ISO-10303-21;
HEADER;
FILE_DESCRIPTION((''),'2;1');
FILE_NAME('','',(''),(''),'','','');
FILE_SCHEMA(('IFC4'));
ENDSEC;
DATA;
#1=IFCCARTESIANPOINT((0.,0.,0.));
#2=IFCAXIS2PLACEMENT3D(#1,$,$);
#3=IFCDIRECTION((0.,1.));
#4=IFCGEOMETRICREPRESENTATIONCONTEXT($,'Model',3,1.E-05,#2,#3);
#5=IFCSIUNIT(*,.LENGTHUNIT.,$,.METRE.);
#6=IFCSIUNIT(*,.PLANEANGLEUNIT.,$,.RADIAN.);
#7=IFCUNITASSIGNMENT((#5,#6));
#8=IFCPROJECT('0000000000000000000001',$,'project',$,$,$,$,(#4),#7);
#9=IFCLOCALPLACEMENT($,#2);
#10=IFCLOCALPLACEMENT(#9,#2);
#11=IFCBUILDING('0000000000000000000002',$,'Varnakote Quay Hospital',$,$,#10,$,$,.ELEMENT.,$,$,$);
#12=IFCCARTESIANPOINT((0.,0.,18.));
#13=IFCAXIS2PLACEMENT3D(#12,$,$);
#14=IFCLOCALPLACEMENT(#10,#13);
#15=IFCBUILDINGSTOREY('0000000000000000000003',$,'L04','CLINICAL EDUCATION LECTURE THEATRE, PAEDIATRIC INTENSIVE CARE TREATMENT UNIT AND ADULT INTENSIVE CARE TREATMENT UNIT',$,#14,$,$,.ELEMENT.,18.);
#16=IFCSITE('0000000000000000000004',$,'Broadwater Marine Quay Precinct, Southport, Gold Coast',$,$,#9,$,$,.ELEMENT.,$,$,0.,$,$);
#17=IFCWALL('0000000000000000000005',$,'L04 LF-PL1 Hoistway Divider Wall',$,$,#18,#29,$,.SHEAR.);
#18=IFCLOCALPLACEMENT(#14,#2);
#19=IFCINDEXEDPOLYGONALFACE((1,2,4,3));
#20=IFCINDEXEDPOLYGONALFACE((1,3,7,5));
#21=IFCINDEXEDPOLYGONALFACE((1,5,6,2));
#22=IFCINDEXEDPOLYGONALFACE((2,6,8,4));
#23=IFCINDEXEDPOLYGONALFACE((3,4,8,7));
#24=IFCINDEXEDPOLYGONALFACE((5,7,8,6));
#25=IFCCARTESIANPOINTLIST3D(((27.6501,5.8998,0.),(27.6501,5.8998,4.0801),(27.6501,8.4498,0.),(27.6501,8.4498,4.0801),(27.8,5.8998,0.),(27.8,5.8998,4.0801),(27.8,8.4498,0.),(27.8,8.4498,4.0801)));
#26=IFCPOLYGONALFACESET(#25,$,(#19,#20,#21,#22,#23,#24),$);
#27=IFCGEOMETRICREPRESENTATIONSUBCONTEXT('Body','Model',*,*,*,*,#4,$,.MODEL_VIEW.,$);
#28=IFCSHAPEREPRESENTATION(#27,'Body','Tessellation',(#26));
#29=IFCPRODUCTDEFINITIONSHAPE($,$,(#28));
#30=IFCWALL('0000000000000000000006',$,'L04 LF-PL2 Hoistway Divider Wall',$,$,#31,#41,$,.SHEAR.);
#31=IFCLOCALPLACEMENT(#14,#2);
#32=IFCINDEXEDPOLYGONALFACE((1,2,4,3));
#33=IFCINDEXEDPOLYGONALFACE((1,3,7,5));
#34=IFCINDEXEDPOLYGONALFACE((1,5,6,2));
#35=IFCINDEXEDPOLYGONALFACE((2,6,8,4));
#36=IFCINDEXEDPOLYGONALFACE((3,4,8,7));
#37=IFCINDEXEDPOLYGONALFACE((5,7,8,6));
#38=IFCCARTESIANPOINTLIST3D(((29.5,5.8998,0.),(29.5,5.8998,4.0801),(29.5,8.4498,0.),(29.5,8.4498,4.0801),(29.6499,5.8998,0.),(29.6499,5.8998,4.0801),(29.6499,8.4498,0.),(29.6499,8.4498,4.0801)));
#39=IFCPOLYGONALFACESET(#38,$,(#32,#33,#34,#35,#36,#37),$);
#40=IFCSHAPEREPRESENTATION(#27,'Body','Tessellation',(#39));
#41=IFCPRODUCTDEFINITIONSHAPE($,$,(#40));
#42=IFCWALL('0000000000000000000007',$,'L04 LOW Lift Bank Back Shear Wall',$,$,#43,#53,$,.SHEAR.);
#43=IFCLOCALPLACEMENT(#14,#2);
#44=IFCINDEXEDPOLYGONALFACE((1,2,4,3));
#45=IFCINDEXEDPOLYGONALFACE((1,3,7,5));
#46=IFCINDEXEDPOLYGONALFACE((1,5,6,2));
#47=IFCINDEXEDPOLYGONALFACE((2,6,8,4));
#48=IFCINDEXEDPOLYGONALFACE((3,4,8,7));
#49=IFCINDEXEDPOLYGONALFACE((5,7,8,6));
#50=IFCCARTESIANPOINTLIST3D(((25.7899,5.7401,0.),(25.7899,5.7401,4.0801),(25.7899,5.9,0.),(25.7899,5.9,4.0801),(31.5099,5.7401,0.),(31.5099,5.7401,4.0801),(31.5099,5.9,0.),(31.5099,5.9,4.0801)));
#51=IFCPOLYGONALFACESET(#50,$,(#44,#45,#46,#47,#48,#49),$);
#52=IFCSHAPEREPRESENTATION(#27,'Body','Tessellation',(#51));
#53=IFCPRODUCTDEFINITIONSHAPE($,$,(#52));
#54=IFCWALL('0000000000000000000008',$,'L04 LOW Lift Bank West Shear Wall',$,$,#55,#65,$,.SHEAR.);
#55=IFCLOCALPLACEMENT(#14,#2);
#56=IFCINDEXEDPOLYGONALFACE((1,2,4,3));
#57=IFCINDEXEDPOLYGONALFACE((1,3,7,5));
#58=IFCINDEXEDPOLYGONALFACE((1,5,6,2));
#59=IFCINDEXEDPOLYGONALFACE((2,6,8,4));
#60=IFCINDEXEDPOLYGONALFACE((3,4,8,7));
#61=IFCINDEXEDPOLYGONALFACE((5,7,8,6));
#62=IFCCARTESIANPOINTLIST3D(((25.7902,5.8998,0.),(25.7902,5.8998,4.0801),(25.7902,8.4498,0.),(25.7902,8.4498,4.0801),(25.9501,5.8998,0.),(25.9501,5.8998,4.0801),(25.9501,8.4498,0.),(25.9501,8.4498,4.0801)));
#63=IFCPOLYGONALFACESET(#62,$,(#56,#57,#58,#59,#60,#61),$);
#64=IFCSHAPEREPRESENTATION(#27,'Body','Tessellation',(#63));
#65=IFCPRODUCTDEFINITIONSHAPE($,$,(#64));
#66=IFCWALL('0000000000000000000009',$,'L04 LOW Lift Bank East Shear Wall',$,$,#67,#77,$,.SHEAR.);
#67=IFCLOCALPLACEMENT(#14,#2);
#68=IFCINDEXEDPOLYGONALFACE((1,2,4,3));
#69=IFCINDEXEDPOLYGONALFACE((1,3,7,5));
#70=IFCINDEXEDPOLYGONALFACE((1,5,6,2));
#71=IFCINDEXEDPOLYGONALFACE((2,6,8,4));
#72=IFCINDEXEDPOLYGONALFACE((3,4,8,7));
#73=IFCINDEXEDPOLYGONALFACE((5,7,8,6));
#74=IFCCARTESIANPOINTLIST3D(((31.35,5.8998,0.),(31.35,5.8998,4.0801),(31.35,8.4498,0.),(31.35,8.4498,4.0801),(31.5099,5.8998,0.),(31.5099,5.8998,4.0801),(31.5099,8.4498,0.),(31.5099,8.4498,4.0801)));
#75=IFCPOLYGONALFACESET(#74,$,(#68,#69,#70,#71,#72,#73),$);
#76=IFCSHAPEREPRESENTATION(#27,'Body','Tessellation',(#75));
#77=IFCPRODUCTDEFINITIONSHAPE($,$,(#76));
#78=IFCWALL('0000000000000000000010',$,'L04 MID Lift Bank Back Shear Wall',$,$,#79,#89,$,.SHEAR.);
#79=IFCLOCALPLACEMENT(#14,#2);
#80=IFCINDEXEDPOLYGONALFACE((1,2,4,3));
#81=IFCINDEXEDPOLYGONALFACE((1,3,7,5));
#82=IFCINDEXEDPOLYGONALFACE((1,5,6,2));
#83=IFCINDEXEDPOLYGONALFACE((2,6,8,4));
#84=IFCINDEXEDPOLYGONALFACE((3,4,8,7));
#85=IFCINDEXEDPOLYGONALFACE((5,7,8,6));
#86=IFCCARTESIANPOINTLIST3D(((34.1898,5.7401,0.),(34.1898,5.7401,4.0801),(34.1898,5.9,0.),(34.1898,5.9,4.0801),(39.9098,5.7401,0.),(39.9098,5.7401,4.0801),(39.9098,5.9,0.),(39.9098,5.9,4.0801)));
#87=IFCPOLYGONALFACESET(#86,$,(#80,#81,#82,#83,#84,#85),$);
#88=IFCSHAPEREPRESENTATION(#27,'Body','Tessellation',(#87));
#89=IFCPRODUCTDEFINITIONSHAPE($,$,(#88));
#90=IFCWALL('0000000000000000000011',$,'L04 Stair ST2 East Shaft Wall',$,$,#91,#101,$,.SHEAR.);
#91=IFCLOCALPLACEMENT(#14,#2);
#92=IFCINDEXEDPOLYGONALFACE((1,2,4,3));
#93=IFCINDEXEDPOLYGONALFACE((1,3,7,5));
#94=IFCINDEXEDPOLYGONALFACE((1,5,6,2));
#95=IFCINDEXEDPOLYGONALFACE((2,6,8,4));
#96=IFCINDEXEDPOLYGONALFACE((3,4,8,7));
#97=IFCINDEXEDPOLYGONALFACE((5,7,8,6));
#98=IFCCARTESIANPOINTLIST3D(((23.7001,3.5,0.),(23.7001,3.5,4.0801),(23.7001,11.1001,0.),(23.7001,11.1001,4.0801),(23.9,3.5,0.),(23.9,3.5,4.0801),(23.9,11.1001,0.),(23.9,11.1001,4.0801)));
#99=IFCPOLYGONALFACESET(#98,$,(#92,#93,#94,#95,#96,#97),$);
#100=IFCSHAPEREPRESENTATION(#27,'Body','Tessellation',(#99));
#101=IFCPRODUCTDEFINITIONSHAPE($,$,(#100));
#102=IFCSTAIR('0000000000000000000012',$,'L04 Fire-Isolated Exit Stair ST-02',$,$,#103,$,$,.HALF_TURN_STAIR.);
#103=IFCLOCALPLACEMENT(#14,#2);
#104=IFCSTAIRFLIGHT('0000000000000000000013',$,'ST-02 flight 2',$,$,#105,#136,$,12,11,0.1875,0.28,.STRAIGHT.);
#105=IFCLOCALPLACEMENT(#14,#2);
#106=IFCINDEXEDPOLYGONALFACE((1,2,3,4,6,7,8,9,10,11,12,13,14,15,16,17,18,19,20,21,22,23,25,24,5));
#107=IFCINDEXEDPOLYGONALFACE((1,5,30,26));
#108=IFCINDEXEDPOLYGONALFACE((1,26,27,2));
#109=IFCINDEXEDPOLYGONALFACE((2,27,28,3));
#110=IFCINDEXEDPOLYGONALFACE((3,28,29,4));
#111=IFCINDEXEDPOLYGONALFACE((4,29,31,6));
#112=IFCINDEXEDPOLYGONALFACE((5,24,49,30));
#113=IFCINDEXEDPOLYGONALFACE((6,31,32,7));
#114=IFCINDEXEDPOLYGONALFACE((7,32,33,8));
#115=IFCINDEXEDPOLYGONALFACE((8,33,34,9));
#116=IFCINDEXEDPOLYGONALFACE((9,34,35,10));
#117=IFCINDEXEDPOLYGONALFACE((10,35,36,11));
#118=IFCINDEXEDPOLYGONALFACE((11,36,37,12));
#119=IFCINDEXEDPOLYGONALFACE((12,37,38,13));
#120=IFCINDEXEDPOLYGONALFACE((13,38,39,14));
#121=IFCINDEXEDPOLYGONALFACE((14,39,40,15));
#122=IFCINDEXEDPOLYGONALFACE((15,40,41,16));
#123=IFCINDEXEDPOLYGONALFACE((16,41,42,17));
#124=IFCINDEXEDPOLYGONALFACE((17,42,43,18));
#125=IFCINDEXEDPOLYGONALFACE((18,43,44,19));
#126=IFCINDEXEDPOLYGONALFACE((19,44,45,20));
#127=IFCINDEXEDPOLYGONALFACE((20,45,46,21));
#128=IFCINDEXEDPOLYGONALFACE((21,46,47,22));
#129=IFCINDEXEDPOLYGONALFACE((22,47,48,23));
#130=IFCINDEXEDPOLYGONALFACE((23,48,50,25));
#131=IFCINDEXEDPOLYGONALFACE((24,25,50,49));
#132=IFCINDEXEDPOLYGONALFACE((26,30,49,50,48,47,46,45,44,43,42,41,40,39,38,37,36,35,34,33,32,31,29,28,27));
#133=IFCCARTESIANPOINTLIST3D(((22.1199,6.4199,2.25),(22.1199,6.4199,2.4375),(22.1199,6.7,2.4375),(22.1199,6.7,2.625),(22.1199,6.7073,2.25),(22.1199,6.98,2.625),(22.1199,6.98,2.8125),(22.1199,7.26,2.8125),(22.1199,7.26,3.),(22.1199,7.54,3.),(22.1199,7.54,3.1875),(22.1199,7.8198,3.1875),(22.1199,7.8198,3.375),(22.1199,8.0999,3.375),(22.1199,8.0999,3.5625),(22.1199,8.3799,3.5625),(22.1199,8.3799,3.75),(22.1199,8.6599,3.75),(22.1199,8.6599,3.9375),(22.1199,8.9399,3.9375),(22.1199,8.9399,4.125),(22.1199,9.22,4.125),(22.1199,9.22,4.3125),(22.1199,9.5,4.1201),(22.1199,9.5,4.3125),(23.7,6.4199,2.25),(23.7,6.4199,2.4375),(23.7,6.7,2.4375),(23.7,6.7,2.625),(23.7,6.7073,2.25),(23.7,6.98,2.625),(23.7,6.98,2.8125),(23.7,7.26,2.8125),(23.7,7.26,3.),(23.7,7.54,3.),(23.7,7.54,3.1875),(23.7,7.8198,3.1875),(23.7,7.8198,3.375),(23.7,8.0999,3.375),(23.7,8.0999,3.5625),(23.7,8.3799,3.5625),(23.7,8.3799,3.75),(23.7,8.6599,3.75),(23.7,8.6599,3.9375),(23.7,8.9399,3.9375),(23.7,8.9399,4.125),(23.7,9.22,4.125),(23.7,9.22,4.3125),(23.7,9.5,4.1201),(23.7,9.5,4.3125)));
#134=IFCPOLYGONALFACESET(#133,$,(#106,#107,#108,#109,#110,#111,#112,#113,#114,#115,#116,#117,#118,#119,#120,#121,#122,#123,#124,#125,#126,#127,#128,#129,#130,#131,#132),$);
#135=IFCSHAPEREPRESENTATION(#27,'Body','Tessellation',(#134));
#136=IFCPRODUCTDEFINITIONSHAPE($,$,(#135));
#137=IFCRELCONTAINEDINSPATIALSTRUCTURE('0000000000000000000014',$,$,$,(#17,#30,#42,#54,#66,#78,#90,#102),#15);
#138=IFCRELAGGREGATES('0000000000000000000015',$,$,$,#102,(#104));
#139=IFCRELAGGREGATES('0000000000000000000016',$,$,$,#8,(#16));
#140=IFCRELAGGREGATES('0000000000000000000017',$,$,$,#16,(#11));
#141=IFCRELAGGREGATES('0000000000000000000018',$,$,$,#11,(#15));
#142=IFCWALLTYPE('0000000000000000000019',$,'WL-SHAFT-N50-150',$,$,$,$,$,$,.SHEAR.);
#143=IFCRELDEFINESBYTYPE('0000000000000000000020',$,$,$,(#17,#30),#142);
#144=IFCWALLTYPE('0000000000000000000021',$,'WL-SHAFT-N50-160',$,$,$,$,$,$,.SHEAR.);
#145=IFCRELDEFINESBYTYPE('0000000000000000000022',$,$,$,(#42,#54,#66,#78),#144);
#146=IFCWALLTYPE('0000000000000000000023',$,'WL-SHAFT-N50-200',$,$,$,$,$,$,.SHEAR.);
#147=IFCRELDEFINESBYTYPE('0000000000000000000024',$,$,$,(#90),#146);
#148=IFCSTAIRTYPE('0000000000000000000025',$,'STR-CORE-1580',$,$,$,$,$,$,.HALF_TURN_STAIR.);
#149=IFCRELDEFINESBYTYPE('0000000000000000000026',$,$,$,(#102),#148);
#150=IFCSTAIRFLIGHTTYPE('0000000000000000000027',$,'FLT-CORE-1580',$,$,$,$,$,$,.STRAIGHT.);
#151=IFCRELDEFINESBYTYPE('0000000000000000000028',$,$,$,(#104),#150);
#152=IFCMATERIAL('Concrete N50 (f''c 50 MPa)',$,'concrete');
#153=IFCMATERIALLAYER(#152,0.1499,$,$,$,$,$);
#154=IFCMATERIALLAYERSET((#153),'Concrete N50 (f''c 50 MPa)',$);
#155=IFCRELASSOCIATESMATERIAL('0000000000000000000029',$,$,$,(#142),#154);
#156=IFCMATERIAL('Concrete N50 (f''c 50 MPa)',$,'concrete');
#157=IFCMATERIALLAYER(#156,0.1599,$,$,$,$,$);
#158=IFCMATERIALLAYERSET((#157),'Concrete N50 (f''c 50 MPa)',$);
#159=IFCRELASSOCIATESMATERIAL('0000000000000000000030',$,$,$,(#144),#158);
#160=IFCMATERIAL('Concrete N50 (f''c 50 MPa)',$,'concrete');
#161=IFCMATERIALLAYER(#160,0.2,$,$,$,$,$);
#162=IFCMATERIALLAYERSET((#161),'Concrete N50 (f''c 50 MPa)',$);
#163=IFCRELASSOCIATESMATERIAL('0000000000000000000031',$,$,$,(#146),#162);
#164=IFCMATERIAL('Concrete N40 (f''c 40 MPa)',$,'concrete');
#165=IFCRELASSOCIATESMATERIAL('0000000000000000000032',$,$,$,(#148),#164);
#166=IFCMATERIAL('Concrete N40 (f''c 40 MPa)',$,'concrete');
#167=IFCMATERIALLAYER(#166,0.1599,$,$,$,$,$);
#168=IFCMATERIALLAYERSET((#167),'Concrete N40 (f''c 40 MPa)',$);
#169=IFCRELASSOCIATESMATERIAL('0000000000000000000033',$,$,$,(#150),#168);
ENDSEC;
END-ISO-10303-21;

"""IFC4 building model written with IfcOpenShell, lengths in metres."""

from ifc_helpers import new_model, si_unit, direction, frame, frame_2d, origin, place, context, subcontext, project, spatial, polyline, rectangle, outline, extrude, material, layer, layer_set, type_object, element, aggregate, save


model = new_model("IFC4")

# Units and contexts
model_context = context("Model", 3, precision=1e-05, world=origin(), true_north=direction((0.0, 1.0)))
body_context = subcontext(model_context, "Body", "Model", "MODEL_VIEW")
ifc_project = project(units=[si_unit("LENGTHUNIT", "METRE"), si_unit("PLANEANGLEUNIT", "RADIAN")], contexts=[model_context])

# Site, building, storey
site_placement = place(None, origin())
site = spatial("IfcSite", under=ifc_project, at=site_placement, Name="Broadwater Marine Quay Precinct, Southport, Gold Coast", CompositionType="ELEMENT", RefElevation=0.0)
building_placement = place(site_placement, origin())
building = spatial("IfcBuilding", under=site, at=building_placement, Name="Varnakote Quay Hospital", CompositionType="ELEMENT")
storey_placement = place(building_placement, frame((0.0, 0.0, 18.0)))
storey = spatial("IfcBuildingStorey", under=building, at=storey_placement, Name="L04", Description="CLINICAL EDUCATION LECTURE THEATRE, PAEDIATRIC INTENSIVE CARE TREATMENT UNIT AND ADULT INTENSIVE CARE TREATMENT UNIT", CompositionType="ELEMENT", Elevation=18.0)

# Walls
ifc_material_1 = material(Name="Concrete N50 (f'c 50 MPa)", Category="concrete")
ifc_layer_1 = layer(ifc_material_1, 0.1499)
ifc_layer_set_1 = layer_set([ifc_layer_1], Name="Concrete N50 (f'c 50 MPa)")
wall_type_1 = type_object("IfcWallType", Name="WL-SHAFT-N50-150", PredefinedType="SHEAR", material=ifc_layer_set_1)
for number, where, z_axis, x_axis, name in (
    (1, (27.7251, 5.8999, 0.0), (0.0, 0.0, 1.0), (0.0, 1.0, 0.0), "L04 LF-PL1 Hoistway Divider Wall"),
    (2, (29.575, 5.8999, 0.0), (0.0, 0.0, 1.0), (0.0, 1.0, 0.0), "L04 LF-PL2 Hoistway Divider Wall"),
):
    element("IfcWall", number, at=place(storey_placement, frame(where, z_axis=z_axis, x_axis=x_axis)), inside=storey, type_object=wall_type_1, Name=name, PredefinedType="SHEAR", context=body_context, shape_type="SweptSolid", body=[
        extrude(rectangle(XDim=2.55, YDim=0.1499, at=frame_2d((1.2749, 0.0))), origin(), (0.0, 0.0, 1.0), 4.0801),
    ])
ifc_material_2 = material(Name="Concrete N50 (f'c 50 MPa)", Category="concrete")
ifc_layer_2 = layer(ifc_material_2, 0.1599)
ifc_layer_set_2 = layer_set([ifc_layer_2], Name="Concrete N50 (f'c 50 MPa)")
wall_type_2 = type_object("IfcWallType", Name="WL-SHAFT-N50-160", PredefinedType="SHEAR", material=ifc_layer_set_2)
wall_1_placement = place(storey_placement, frame((25.79, 5.8201, 0.0), z_axis=(0.0, 0.0, 1.0), x_axis=(1.0, 0.0, 0.0)))
element("IfcWall", 3, at=wall_1_placement, inside=storey, type_object=wall_type_2, Name="L04 LOW Lift Bank Back Shear Wall", PredefinedType="SHEAR", context=body_context, shape_type="SweptSolid", body=[
    extrude(rectangle(XDim=5.72, YDim=0.1599, at=frame_2d((2.8599, 0.0))), origin(), (0.0, 0.0, 1.0), 4.0801),
])
for number, where, z_axis, x_axis, name in (
    (4, (25.8701, 5.8999, 0.0), (0.0, 0.0, 1.0), (0.0, 1.0, 0.0), "L04 LOW Lift Bank West Shear Wall"),
    (5, (31.4299, 5.8999, 0.0), (0.0, 0.0, 1.0), (0.0, 1.0, 0.0), "L04 LOW Lift Bank East Shear Wall"),
):
    element("IfcWall", number, at=place(storey_placement, frame(where, z_axis=z_axis, x_axis=x_axis)), inside=storey, type_object=wall_type_2, Name=name, PredefinedType="SHEAR", context=body_context, shape_type="SweptSolid", body=[
        extrude(rectangle(XDim=2.55, YDim=0.1599, at=frame_2d((1.2749, 0.0))), origin(), (0.0, 0.0, 1.0), 4.0801),
    ])

# Walls
wall_2_placement = place(storey_placement, frame((34.1899, 5.8201, 0.0), z_axis=(0.0, 0.0, 1.0), x_axis=(1.0, 0.0, 0.0)))
element("IfcWall", 6, at=wall_2_placement, inside=storey, type_object=wall_type_2, Name="L04 MID Lift Bank Back Shear Wall", PredefinedType="SHEAR", context=body_context, shape_type="SweptSolid", body=[
    extrude(rectangle(XDim=5.72, YDim=0.1599, at=frame_2d((2.8599, 0.0))), origin(), (0.0, 0.0, 1.0), 4.0801),
])
ifc_material_3 = material(Name="Concrete N50 (f'c 50 MPa)", Category="concrete")
ifc_layer_3 = layer(ifc_material_3, 0.2)
ifc_layer_set_3 = layer_set([ifc_layer_3], Name="Concrete N50 (f'c 50 MPa)")
wall_type_3 = type_object("IfcWallType", Name="WL-SHAFT-N50-200", PredefinedType="SHEAR", material=ifc_layer_set_3)
wall_3_placement = place(storey_placement, frame((23.8, 3.5, 0.0), z_axis=(0.0, 0.0, 1.0), x_axis=(0.0, 1.0, 0.0)))
element("IfcWall", 7, at=wall_3_placement, inside=storey, type_object=wall_type_3, Name="L04 Stair ST2 East Shaft Wall", PredefinedType="SHEAR", context=body_context, shape_type="SweptSolid", body=[
    extrude(rectangle(XDim=7.6001, YDim=0.2, at=frame_2d((3.8, 0.0))), origin(), (0.0, 0.0, 1.0), 4.0801),
])

# Stair, stair flight
ifc_material_4 = material(Name="Concrete N40 (f'c 40 MPa)", Category="concrete")
stair_type = type_object("IfcStairType", Name="STR-CORE-1580", PredefinedType="HALF_TURN_STAIR", material=ifc_material_4)
stair_placement = place(storey_placement, origin())
stair = element("IfcStair", 8, at=stair_placement, inside=storey, type_object=stair_type, Name="L04 Fire-Isolated Exit Stair ST-02", PredefinedType="HALF_TURN_STAIR")
ifc_material_5 = material(Name="Concrete N40 (f'c 40 MPa)", Category="concrete")
ifc_layer_4 = layer(ifc_material_5, 0.1599)
ifc_layer_set_4 = layer_set([ifc_layer_4], Name="Concrete N40 (f'c 40 MPa)")
stair_flight_type = type_object("IfcStairFlightType", Name="FLT-CORE-1580", PredefinedType="STRAIGHT", material=ifc_layer_set_4)
stair_flight_placement = place(storey_placement, frame((22.9099, 6.4199, 2.25), z_axis=(0.0, 0.0, 1.0), x_axis=(0.0, 1.0, 0.0)))
stair_flight = element("IfcStairFlight", 9, at=stair_flight_placement, type_object=stair_flight_type, Name="ST-02 flight 2", NumberOfRisers=12, NumberOfTreads=11, PredefinedType="STRAIGHT", RiserHeight=0.1875, TreadLength=0.28, context=body_context, shape_type="SweptSolid", body=[
    extrude(outline(polyline([(0.0, 0.0), (0.0, 0.1875), (0.28, 0.1875), (0.28, 0.375), (0.5601, 0.375), (0.5601, 0.5625), (0.8401, 0.5625), (0.8401, 0.75), (1.1201, 0.75), (1.1201, 0.9375), (1.3999, 0.9375), (1.3999, 1.125), (1.6799, 1.125), (1.6799, 1.3125), (1.96, 1.3125), (1.96, 1.5), (2.24, 1.5), (2.24, 1.6875), (2.52, 1.6875), (2.52, 1.875), (2.8, 1.875), (2.8, 2.0625), (3.0801, 2.0625), (3.0801, 2.25), (3.0801, 1.8701), (0.2874, 0.0), (0.0, 0.0)])), frame((0.0, 0.79, 0.0), z_axis=(0.0, -1.0, 0.0), x_axis=(1.0, 0.0, 0.0)), (0.0, 0.0, 1.0), 1.5801),
])
aggregate(stair, [stair_flight])

save(model, "model.ifc")
